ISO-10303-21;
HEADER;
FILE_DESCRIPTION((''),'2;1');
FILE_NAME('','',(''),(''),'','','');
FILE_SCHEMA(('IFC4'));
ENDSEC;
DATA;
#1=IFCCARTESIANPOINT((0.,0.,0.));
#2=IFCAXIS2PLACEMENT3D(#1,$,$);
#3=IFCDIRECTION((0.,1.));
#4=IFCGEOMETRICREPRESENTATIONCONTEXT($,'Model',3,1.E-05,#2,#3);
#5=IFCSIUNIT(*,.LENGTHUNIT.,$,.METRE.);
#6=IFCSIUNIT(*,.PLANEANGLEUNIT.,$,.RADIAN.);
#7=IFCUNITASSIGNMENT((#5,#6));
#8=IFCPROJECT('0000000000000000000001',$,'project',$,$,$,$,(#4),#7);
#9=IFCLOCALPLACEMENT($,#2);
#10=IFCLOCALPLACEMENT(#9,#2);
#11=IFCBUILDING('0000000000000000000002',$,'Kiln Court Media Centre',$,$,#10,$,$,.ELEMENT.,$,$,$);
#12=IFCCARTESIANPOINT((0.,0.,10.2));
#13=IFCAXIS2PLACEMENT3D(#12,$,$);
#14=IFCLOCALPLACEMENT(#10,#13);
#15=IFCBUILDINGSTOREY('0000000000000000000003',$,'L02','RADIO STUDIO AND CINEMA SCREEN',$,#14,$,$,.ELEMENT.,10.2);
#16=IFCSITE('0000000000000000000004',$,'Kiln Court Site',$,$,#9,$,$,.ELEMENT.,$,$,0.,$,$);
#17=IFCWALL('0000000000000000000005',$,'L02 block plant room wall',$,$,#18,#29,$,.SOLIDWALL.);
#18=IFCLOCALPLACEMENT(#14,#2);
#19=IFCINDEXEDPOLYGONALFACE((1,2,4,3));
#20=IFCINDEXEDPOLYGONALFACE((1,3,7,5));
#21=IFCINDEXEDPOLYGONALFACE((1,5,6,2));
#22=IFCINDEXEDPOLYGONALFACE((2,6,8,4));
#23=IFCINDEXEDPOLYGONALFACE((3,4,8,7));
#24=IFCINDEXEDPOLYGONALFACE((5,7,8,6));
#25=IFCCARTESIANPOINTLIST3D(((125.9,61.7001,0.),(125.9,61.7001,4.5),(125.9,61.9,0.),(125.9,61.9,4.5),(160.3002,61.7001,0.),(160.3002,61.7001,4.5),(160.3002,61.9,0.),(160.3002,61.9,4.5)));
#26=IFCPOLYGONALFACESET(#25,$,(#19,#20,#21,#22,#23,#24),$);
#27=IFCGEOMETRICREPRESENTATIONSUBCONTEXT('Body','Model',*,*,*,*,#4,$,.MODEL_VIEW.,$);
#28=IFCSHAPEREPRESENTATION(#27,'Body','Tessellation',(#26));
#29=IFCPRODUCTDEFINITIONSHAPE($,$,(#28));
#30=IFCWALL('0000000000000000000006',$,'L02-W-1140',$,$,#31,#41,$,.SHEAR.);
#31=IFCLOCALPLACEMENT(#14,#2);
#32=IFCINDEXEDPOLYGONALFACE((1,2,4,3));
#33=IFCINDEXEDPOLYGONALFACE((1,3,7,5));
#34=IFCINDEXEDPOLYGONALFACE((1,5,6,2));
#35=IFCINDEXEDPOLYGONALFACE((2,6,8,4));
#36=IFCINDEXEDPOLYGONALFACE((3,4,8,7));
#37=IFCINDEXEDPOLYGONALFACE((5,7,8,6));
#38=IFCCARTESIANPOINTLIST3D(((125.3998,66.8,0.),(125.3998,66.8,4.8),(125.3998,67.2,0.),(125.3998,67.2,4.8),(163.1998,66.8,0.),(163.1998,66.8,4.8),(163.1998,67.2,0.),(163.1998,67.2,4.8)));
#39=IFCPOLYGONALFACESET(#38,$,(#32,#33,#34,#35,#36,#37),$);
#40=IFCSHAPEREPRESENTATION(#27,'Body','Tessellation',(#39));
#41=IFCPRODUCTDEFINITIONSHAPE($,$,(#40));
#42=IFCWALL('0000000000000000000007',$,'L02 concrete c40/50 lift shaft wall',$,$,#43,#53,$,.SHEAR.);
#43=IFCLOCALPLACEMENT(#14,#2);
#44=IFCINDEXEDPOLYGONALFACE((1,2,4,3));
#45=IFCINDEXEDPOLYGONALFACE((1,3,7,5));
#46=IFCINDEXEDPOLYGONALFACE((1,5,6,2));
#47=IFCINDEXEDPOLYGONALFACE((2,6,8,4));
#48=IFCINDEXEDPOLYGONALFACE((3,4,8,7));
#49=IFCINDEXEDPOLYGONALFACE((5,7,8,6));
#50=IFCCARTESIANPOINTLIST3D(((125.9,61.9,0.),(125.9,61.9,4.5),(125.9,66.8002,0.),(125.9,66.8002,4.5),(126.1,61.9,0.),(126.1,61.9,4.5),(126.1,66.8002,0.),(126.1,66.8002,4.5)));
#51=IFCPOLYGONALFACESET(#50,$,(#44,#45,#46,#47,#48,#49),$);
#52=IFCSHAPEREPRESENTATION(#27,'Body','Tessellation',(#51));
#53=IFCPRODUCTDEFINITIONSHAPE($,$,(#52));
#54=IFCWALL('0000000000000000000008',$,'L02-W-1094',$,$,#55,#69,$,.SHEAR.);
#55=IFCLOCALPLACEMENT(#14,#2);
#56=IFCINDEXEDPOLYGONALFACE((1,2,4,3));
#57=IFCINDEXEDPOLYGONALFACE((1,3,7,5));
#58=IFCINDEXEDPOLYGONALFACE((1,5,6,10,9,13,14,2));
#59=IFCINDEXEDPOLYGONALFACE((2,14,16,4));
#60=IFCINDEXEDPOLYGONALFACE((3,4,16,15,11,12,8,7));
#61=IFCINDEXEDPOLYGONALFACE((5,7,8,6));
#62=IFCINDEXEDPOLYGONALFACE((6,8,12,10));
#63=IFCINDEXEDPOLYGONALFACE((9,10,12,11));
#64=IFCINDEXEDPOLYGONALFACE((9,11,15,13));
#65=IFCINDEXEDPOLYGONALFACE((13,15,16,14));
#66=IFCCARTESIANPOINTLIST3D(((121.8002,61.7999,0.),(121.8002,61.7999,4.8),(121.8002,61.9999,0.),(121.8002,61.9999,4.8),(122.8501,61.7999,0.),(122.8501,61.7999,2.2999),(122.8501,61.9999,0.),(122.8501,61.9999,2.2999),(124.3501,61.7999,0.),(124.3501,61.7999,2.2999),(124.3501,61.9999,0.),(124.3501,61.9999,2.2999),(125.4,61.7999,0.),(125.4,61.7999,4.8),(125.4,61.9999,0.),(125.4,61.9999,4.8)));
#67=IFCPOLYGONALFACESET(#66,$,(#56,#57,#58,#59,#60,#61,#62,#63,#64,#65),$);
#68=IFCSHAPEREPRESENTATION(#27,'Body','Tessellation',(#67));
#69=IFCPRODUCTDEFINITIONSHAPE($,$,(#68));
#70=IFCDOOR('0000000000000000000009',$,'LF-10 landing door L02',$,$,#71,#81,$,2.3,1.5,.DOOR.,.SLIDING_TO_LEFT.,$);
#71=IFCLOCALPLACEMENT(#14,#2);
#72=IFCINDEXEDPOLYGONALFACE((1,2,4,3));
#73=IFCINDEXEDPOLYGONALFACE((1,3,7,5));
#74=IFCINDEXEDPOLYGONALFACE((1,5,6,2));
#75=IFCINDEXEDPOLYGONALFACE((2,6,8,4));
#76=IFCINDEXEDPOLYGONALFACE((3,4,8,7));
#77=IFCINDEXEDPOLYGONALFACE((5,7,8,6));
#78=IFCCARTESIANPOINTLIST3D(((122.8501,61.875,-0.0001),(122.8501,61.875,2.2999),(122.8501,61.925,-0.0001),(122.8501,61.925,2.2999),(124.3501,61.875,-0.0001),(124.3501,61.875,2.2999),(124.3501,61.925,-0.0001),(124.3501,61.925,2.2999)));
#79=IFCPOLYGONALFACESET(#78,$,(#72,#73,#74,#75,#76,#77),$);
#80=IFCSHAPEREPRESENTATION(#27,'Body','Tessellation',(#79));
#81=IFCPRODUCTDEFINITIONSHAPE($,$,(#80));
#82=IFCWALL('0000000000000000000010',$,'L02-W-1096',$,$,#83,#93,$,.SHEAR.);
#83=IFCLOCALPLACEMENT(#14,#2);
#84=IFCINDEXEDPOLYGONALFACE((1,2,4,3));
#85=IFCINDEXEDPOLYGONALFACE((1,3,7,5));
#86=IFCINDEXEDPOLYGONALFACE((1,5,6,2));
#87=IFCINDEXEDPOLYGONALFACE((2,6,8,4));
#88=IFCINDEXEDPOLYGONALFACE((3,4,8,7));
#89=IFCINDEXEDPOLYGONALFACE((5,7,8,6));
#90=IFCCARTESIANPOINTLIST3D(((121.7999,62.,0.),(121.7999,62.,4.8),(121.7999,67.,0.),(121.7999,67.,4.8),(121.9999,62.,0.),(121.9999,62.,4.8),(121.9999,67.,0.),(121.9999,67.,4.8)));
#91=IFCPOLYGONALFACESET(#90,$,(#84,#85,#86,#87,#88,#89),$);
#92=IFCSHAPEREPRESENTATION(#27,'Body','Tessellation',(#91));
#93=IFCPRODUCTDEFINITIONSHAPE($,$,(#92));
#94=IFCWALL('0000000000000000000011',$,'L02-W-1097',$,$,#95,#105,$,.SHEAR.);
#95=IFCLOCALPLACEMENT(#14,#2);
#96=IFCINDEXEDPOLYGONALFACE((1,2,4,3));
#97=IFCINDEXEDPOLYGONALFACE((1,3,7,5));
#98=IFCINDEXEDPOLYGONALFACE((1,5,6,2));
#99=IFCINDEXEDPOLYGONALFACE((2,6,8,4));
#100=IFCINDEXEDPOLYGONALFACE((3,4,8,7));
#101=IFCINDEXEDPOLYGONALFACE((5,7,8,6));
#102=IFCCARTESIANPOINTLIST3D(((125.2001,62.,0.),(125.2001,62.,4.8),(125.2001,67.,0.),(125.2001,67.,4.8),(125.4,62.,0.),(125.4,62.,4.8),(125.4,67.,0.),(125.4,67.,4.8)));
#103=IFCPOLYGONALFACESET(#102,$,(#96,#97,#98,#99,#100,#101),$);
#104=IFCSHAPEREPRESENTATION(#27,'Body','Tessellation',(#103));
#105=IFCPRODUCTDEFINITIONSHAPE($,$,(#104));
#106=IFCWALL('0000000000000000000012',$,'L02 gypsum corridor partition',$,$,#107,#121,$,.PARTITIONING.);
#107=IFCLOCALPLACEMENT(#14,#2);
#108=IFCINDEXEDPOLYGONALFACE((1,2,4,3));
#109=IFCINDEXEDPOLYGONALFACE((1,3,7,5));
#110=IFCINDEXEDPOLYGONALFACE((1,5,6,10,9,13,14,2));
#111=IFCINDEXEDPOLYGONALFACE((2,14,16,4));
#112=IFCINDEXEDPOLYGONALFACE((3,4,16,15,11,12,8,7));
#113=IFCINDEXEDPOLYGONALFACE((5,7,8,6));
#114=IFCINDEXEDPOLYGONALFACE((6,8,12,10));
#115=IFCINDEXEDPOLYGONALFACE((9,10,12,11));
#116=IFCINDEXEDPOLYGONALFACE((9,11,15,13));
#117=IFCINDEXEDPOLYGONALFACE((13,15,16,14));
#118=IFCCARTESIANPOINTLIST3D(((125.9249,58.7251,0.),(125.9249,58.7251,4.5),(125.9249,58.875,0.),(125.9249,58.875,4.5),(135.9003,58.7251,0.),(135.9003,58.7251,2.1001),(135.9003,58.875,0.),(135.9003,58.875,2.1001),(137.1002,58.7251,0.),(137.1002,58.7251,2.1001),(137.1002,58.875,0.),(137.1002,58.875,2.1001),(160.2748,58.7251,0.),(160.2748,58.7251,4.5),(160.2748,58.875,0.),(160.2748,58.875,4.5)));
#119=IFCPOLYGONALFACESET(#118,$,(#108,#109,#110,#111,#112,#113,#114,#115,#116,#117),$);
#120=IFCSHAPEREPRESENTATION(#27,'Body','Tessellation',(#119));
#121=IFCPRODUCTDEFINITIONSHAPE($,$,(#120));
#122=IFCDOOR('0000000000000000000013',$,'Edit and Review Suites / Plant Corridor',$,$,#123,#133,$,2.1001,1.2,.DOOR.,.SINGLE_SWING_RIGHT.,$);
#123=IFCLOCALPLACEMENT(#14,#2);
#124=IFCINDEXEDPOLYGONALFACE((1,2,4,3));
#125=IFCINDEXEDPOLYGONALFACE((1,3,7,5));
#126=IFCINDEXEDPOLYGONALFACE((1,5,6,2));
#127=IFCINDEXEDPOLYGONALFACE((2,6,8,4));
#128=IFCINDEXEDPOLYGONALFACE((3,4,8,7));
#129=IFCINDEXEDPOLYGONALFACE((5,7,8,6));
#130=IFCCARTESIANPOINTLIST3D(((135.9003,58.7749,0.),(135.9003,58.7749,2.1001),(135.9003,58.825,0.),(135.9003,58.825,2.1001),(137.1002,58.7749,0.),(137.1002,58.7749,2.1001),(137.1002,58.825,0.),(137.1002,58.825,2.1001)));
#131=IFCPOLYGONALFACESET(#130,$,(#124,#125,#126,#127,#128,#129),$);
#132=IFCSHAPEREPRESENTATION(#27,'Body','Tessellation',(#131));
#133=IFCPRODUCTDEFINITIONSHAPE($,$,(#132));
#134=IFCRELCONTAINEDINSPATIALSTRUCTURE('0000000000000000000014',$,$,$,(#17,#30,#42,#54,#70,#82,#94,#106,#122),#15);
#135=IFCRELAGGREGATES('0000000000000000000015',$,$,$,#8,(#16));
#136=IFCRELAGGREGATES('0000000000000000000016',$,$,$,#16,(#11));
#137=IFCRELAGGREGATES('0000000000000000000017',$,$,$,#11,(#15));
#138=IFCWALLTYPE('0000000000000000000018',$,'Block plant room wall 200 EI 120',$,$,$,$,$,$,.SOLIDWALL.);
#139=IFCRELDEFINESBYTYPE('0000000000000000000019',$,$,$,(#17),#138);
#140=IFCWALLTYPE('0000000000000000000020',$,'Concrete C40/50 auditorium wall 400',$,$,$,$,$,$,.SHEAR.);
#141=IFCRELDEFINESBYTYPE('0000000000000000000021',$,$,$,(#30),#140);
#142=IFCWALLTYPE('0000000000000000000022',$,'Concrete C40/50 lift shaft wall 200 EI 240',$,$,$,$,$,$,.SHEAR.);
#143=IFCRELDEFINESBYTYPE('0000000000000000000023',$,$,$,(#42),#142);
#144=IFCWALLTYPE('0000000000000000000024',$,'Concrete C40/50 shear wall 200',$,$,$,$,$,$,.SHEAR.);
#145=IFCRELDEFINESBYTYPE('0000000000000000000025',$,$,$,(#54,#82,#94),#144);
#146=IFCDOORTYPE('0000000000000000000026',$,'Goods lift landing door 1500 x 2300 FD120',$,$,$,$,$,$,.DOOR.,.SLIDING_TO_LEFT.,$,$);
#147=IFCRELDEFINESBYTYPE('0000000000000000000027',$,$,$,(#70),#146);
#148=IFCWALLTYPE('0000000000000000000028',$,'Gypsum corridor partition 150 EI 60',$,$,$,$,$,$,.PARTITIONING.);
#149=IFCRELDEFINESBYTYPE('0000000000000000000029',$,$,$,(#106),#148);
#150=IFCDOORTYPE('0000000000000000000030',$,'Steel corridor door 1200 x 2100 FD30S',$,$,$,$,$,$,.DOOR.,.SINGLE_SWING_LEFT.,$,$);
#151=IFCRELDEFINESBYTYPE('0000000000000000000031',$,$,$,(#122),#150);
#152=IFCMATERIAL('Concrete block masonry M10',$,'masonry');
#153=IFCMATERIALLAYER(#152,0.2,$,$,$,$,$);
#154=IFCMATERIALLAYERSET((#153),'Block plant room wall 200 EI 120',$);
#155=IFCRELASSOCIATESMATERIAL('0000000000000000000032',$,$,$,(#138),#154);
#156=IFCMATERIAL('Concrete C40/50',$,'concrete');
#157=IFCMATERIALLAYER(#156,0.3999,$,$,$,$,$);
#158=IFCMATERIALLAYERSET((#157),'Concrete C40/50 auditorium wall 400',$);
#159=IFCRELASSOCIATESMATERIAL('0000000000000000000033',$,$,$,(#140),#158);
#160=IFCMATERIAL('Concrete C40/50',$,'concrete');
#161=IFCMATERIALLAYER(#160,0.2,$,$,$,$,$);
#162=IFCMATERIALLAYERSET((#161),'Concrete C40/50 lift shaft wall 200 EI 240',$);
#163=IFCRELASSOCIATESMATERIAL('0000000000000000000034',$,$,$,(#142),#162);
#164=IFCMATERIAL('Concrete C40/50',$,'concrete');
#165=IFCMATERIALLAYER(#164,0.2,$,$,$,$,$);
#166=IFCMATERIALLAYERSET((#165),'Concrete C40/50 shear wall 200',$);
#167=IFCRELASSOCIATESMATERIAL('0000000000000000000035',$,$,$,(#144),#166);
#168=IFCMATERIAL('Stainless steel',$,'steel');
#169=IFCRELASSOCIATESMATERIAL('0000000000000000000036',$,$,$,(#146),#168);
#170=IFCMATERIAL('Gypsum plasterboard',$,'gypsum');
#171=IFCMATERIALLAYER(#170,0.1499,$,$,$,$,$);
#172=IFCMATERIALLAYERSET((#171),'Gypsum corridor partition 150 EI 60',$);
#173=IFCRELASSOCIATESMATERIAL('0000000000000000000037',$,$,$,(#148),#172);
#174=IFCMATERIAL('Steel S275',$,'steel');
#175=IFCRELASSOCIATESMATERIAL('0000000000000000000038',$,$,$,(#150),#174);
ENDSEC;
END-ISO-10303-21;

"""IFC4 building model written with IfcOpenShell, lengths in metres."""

from ifc_helpers import new_model, si_unit, direction, frame, frame_2d, origin, place, context, subcontext, project, spatial, rectangle, extrude, material, layer, layer_set, type_object, element, fill, save


model = new_model("IFC4")

# Units and contexts
model_context = context("Model", 3, precision=1e-05, world=origin(), true_north=direction((0.0, 1.0)))
body_context = subcontext(model_context, "Body", "Model", "MODEL_VIEW")
ifc_project = project(units=[si_unit("LENGTHUNIT", "METRE"), si_unit("PLANEANGLEUNIT", "RADIAN")], contexts=[model_context])

# Site, building, storey
site_placement = place(None, origin())
site = spatial("IfcSite", under=ifc_project, at=site_placement, Name="Kiln Court Site", CompositionType="ELEMENT", RefElevation=0.0)
building_placement = place(site_placement, origin())
building = spatial("IfcBuilding", under=site, at=building_placement, Name="Kiln Court Media Centre", CompositionType="ELEMENT")
storey_placement = place(building_placement, frame((0.0, 0.0, 10.2)))
storey = spatial("IfcBuildingStorey", under=building, at=storey_placement, Name="L02", Description="RADIO STUDIO AND CINEMA SCREEN", CompositionType="ELEMENT", Elevation=10.2)

# Walls
ifc_material_1 = material(Name="Concrete block masonry M10", Category="masonry")
ifc_layer_1 = layer(ifc_material_1, 0.2)
ifc_layer_set_1 = layer_set([ifc_layer_1], Name="Block plant room wall 200 EI 120")
wall_type_1 = type_object("IfcWallType", Name="Block plant room wall 200 EI 120", PredefinedType="SOLIDWALL", material=ifc_layer_set_1)
wall_1_placement = place(storey_placement, frame((125.8999, 61.8, 0.0), z_axis=(0.0, 0.0, 1.0), x_axis=(1.0, 0.0, 0.0)))
element("IfcWall", 1, at=wall_1_placement, inside=storey, type_object=wall_type_1, Name="L02 block plant room wall", PredefinedType="SOLIDWALL", context=body_context, shape_type="SweptSolid", body=[
    extrude(rectangle(XDim=34.4001, YDim=0.2, at=frame_2d((17.2002, 0.0))), origin(), (0.0, 0.0, 1.0), 4.5),
])
ifc_material_2 = material(Name="Concrete C40/50", Category="concrete")
ifc_layer_2 = layer(ifc_material_2, 0.3999)
ifc_layer_set_2 = layer_set([ifc_layer_2], Name="Concrete C40/50 auditorium wall 400")
wall_type_2 = type_object("IfcWallType", Name="Concrete C40/50 auditorium wall 400", PredefinedType="SHEAR", material=ifc_layer_set_2)
wall_2_placement = place(storey_placement, frame((125.3999, 67.0, 0.0), z_axis=(0.0, 0.0, 1.0), x_axis=(1.0, 0.0, 0.0)))
element("IfcWall", 2, at=wall_2_placement, inside=storey, type_object=wall_type_2, Name="L02-W-1140", PredefinedType="SHEAR", context=body_context, shape_type="SweptSolid", body=[
    extrude(rectangle(XDim=37.8, YDim=0.3999, at=frame_2d((18.8999, 0.0))), origin(), (0.0, 0.0, 1.0), 4.8),
])
ifc_material_3 = material(Name="Concrete C40/50", Category="concrete")
ifc_layer_3 = layer(ifc_material_3, 0.2)
ifc_layer_set_3 = layer_set([ifc_layer_3], Name="Concrete C40/50 lift shaft wall 200 EI 240")
wall_type_3 = type_object("IfcWallType", Name="Concrete C40/50 lift shaft wall 200 EI 240", PredefinedType="SHEAR", material=ifc_layer_set_3)
wall_3_placement = place(storey_placement, frame((126.0, 61.8999, 0.0), z_axis=(0.0, 0.0, 1.0), x_axis=(0.0, 1.0, 0.0)))
element("IfcWall", 3, at=wall_3_placement, inside=storey, type_object=wall_type_3, Name="L02 concrete c40/50 lift shaft wall", PredefinedType="SHEAR", context=body_context, shape_type="SweptSolid", body=[
    extrude(rectangle(XDim=4.9001, YDim=0.2, at=frame_2d((2.4502, 0.0))), origin(), (0.0, 0.0, 1.0), 4.5),
])

# Wall, opening, door
ifc_material_4 = material(Name="Concrete C40/50", Category="concrete")
ifc_layer_4 = layer(ifc_material_4, 0.2)
ifc_layer_set_4 = layer_set([ifc_layer_4], Name="Concrete C40/50 shear wall 200")
wall_type_4 = type_object("IfcWallType", Name="Concrete C40/50 shear wall 200", PredefinedType="SHEAR", material=ifc_layer_set_4)
wall_4_placement = place(storey_placement, frame((125.3999, 61.8999, 0.0), z_axis=(0.0, 0.0, 1.0), x_axis=(-1.0, 0.0, 0.0)))
wall_4 = element("IfcWall", 4, at=wall_4_placement, inside=storey, type_object=wall_type_4, Name="L02-W-1094", PredefinedType="SHEAR", context=body_context, shape_type="SweptSolid", body=[
    extrude(rectangle(XDim=3.5999, YDim=0.2, at=frame_2d((1.7998, 0.0))), origin(), (0.0, 0.0, 1.0), 4.8),
])
opening_1_placement = place(wall_4_placement, frame((1.0498, 0.0, 0.0)))
opening_1 = element("IfcOpeningElement", 5, at=opening_1_placement, cuts=wall_4, PredefinedType="OPENING", context=body_context, shape_type="SweptSolid", body=[
    extrude(rectangle(XDim=1.5, YDim=2.3, at=frame_2d((0.75, 1.1499))), frame((0.0, 0.1099, 0.0), z_axis=(0.0, -1.0, 0.0), x_axis=(1.0, 0.0, 0.0)), (0.0, 0.0, 1.0), 0.22),
])
ifc_material_5 = material(Name="Stainless steel", Category="steel")
door_type_1 = type_object("IfcDoorType", Name="Goods lift landing door 1500 x 2300 FD120", OperationType="SLIDING_TO_LEFT", PredefinedType="DOOR", material=ifc_material_5)
door_1_placement = place(opening_1_placement, origin())
door_1 = element("IfcDoor", 6, at=door_1_placement, inside=storey, type_object=door_type_1, Name="LF-10 landing door L02", OperationType="SLIDING_TO_LEFT", OverallHeight=2.3, OverallWidth=1.5, PredefinedType="DOOR", context=body_context, shape_type="SweptSolid", body=[
    extrude(rectangle(XDim=1.5, YDim=2.3, at=frame_2d((0.75, 1.1499))), frame((0.0, 0.0249, 0.0), z_axis=(0.0, -1.0, 0.0), x_axis=(1.0, 0.0, 0.0)), (0.0, 0.0, 1.0), 0.05),
])
fill(opening_1, door_1)

# Walls
for number, where, z_axis, x_axis, name in (
    (7, (121.8999, 62.0, 0.0), (0.0, 0.0, 1.0), (0.0, 1.0, 0.0), "L02-W-1096"),
    (8, (125.3, 67.0, 0.0), (0.0, 0.0, 1.0), (0.0, -1.0, 0.0), "L02-W-1097"),
):
    element("IfcWall", number, at=place(storey_placement, frame(where, z_axis=z_axis, x_axis=x_axis)), inside=storey, type_object=wall_type_4, Name=name, PredefinedType="SHEAR", context=body_context, shape_type="SweptSolid", body=[
        extrude(rectangle(XDim=5.0, YDim=0.2, at=frame_2d((2.5, 0.0))), origin(), (0.0, 0.0, 1.0), 4.8),
    ])

# Wall, opening, door
ifc_material_6 = material(Name="Gypsum plasterboard", Category="gypsum")
ifc_layer_5 = layer(ifc_material_6, 0.1499)
ifc_layer_set_5 = layer_set([ifc_layer_5], Name="Gypsum corridor partition 150 EI 60")
wall_type_5 = type_object("IfcWallType", Name="Gypsum corridor partition 150 EI 60", PredefinedType="PARTITIONING", material=ifc_layer_set_5)
wall_5_placement = place(storey_placement, frame((125.925, 58.8, 0.0), z_axis=(0.0, 0.0, 1.0), x_axis=(1.0, 0.0, 0.0)))
wall_5 = element("IfcWall", 9, at=wall_5_placement, inside=storey, type_object=wall_type_5, Name="L02 gypsum corridor partition", PredefinedType="PARTITIONING", context=body_context, shape_type="SweptSolid", body=[
    extrude(rectangle(XDim=34.3499, YDim=0.1499, at=frame_2d((17.1748, 0.0))), origin(), (0.0, 0.0, 1.0), 4.5),
])
opening_2_placement = place(wall_5_placement, frame((9.9751, 0.0, 0.0)))
opening_2 = element("IfcOpeningElement", 10, at=opening_2_placement, cuts=wall_5, PredefinedType="OPENING", context=body_context, shape_type="SweptSolid", body=[
    extrude(rectangle(XDim=1.2, YDim=2.1001, at=frame_2d((0.6001, 1.05))), frame((0.0, 0.085, 0.0), z_axis=(0.0, -1.0, 0.0), x_axis=(1.0, 0.0, 0.0)), (0.0, 0.0, 1.0), 0.1699),
])
ifc_material_7 = material(Name="Steel S275", Category="steel")
door_type_2 = type_object("IfcDoorType", Name="Steel corridor door 1200 x 2100 FD30S", OperationType="SINGLE_SWING_LEFT", PredefinedType="DOOR", material=ifc_material_7)
door_2_placement = place(opening_2_placement, origin())
door_2 = element("IfcDoor", 11, at=door_2_placement, inside=storey, type_object=door_type_2, Name="Edit and Review Suites / Plant Corridor", OperationType="SINGLE_SWING_RIGHT", OverallHeight=2.1001, OverallWidth=1.2, PredefinedType="DOOR", context=body_context, shape_type="SweptSolid", body=[
    extrude(rectangle(XDim=1.2, YDim=2.1001, at=frame_2d((0.6001, 1.05))), frame((0.0, 0.0249, 0.0), z_axis=(0.0, -1.0, 0.0), x_axis=(1.0, 0.0, 0.0)), (0.0, 0.0, 1.0), 0.05),
])
fill(opening_2, door_2)

save(model, "model.ifc")
